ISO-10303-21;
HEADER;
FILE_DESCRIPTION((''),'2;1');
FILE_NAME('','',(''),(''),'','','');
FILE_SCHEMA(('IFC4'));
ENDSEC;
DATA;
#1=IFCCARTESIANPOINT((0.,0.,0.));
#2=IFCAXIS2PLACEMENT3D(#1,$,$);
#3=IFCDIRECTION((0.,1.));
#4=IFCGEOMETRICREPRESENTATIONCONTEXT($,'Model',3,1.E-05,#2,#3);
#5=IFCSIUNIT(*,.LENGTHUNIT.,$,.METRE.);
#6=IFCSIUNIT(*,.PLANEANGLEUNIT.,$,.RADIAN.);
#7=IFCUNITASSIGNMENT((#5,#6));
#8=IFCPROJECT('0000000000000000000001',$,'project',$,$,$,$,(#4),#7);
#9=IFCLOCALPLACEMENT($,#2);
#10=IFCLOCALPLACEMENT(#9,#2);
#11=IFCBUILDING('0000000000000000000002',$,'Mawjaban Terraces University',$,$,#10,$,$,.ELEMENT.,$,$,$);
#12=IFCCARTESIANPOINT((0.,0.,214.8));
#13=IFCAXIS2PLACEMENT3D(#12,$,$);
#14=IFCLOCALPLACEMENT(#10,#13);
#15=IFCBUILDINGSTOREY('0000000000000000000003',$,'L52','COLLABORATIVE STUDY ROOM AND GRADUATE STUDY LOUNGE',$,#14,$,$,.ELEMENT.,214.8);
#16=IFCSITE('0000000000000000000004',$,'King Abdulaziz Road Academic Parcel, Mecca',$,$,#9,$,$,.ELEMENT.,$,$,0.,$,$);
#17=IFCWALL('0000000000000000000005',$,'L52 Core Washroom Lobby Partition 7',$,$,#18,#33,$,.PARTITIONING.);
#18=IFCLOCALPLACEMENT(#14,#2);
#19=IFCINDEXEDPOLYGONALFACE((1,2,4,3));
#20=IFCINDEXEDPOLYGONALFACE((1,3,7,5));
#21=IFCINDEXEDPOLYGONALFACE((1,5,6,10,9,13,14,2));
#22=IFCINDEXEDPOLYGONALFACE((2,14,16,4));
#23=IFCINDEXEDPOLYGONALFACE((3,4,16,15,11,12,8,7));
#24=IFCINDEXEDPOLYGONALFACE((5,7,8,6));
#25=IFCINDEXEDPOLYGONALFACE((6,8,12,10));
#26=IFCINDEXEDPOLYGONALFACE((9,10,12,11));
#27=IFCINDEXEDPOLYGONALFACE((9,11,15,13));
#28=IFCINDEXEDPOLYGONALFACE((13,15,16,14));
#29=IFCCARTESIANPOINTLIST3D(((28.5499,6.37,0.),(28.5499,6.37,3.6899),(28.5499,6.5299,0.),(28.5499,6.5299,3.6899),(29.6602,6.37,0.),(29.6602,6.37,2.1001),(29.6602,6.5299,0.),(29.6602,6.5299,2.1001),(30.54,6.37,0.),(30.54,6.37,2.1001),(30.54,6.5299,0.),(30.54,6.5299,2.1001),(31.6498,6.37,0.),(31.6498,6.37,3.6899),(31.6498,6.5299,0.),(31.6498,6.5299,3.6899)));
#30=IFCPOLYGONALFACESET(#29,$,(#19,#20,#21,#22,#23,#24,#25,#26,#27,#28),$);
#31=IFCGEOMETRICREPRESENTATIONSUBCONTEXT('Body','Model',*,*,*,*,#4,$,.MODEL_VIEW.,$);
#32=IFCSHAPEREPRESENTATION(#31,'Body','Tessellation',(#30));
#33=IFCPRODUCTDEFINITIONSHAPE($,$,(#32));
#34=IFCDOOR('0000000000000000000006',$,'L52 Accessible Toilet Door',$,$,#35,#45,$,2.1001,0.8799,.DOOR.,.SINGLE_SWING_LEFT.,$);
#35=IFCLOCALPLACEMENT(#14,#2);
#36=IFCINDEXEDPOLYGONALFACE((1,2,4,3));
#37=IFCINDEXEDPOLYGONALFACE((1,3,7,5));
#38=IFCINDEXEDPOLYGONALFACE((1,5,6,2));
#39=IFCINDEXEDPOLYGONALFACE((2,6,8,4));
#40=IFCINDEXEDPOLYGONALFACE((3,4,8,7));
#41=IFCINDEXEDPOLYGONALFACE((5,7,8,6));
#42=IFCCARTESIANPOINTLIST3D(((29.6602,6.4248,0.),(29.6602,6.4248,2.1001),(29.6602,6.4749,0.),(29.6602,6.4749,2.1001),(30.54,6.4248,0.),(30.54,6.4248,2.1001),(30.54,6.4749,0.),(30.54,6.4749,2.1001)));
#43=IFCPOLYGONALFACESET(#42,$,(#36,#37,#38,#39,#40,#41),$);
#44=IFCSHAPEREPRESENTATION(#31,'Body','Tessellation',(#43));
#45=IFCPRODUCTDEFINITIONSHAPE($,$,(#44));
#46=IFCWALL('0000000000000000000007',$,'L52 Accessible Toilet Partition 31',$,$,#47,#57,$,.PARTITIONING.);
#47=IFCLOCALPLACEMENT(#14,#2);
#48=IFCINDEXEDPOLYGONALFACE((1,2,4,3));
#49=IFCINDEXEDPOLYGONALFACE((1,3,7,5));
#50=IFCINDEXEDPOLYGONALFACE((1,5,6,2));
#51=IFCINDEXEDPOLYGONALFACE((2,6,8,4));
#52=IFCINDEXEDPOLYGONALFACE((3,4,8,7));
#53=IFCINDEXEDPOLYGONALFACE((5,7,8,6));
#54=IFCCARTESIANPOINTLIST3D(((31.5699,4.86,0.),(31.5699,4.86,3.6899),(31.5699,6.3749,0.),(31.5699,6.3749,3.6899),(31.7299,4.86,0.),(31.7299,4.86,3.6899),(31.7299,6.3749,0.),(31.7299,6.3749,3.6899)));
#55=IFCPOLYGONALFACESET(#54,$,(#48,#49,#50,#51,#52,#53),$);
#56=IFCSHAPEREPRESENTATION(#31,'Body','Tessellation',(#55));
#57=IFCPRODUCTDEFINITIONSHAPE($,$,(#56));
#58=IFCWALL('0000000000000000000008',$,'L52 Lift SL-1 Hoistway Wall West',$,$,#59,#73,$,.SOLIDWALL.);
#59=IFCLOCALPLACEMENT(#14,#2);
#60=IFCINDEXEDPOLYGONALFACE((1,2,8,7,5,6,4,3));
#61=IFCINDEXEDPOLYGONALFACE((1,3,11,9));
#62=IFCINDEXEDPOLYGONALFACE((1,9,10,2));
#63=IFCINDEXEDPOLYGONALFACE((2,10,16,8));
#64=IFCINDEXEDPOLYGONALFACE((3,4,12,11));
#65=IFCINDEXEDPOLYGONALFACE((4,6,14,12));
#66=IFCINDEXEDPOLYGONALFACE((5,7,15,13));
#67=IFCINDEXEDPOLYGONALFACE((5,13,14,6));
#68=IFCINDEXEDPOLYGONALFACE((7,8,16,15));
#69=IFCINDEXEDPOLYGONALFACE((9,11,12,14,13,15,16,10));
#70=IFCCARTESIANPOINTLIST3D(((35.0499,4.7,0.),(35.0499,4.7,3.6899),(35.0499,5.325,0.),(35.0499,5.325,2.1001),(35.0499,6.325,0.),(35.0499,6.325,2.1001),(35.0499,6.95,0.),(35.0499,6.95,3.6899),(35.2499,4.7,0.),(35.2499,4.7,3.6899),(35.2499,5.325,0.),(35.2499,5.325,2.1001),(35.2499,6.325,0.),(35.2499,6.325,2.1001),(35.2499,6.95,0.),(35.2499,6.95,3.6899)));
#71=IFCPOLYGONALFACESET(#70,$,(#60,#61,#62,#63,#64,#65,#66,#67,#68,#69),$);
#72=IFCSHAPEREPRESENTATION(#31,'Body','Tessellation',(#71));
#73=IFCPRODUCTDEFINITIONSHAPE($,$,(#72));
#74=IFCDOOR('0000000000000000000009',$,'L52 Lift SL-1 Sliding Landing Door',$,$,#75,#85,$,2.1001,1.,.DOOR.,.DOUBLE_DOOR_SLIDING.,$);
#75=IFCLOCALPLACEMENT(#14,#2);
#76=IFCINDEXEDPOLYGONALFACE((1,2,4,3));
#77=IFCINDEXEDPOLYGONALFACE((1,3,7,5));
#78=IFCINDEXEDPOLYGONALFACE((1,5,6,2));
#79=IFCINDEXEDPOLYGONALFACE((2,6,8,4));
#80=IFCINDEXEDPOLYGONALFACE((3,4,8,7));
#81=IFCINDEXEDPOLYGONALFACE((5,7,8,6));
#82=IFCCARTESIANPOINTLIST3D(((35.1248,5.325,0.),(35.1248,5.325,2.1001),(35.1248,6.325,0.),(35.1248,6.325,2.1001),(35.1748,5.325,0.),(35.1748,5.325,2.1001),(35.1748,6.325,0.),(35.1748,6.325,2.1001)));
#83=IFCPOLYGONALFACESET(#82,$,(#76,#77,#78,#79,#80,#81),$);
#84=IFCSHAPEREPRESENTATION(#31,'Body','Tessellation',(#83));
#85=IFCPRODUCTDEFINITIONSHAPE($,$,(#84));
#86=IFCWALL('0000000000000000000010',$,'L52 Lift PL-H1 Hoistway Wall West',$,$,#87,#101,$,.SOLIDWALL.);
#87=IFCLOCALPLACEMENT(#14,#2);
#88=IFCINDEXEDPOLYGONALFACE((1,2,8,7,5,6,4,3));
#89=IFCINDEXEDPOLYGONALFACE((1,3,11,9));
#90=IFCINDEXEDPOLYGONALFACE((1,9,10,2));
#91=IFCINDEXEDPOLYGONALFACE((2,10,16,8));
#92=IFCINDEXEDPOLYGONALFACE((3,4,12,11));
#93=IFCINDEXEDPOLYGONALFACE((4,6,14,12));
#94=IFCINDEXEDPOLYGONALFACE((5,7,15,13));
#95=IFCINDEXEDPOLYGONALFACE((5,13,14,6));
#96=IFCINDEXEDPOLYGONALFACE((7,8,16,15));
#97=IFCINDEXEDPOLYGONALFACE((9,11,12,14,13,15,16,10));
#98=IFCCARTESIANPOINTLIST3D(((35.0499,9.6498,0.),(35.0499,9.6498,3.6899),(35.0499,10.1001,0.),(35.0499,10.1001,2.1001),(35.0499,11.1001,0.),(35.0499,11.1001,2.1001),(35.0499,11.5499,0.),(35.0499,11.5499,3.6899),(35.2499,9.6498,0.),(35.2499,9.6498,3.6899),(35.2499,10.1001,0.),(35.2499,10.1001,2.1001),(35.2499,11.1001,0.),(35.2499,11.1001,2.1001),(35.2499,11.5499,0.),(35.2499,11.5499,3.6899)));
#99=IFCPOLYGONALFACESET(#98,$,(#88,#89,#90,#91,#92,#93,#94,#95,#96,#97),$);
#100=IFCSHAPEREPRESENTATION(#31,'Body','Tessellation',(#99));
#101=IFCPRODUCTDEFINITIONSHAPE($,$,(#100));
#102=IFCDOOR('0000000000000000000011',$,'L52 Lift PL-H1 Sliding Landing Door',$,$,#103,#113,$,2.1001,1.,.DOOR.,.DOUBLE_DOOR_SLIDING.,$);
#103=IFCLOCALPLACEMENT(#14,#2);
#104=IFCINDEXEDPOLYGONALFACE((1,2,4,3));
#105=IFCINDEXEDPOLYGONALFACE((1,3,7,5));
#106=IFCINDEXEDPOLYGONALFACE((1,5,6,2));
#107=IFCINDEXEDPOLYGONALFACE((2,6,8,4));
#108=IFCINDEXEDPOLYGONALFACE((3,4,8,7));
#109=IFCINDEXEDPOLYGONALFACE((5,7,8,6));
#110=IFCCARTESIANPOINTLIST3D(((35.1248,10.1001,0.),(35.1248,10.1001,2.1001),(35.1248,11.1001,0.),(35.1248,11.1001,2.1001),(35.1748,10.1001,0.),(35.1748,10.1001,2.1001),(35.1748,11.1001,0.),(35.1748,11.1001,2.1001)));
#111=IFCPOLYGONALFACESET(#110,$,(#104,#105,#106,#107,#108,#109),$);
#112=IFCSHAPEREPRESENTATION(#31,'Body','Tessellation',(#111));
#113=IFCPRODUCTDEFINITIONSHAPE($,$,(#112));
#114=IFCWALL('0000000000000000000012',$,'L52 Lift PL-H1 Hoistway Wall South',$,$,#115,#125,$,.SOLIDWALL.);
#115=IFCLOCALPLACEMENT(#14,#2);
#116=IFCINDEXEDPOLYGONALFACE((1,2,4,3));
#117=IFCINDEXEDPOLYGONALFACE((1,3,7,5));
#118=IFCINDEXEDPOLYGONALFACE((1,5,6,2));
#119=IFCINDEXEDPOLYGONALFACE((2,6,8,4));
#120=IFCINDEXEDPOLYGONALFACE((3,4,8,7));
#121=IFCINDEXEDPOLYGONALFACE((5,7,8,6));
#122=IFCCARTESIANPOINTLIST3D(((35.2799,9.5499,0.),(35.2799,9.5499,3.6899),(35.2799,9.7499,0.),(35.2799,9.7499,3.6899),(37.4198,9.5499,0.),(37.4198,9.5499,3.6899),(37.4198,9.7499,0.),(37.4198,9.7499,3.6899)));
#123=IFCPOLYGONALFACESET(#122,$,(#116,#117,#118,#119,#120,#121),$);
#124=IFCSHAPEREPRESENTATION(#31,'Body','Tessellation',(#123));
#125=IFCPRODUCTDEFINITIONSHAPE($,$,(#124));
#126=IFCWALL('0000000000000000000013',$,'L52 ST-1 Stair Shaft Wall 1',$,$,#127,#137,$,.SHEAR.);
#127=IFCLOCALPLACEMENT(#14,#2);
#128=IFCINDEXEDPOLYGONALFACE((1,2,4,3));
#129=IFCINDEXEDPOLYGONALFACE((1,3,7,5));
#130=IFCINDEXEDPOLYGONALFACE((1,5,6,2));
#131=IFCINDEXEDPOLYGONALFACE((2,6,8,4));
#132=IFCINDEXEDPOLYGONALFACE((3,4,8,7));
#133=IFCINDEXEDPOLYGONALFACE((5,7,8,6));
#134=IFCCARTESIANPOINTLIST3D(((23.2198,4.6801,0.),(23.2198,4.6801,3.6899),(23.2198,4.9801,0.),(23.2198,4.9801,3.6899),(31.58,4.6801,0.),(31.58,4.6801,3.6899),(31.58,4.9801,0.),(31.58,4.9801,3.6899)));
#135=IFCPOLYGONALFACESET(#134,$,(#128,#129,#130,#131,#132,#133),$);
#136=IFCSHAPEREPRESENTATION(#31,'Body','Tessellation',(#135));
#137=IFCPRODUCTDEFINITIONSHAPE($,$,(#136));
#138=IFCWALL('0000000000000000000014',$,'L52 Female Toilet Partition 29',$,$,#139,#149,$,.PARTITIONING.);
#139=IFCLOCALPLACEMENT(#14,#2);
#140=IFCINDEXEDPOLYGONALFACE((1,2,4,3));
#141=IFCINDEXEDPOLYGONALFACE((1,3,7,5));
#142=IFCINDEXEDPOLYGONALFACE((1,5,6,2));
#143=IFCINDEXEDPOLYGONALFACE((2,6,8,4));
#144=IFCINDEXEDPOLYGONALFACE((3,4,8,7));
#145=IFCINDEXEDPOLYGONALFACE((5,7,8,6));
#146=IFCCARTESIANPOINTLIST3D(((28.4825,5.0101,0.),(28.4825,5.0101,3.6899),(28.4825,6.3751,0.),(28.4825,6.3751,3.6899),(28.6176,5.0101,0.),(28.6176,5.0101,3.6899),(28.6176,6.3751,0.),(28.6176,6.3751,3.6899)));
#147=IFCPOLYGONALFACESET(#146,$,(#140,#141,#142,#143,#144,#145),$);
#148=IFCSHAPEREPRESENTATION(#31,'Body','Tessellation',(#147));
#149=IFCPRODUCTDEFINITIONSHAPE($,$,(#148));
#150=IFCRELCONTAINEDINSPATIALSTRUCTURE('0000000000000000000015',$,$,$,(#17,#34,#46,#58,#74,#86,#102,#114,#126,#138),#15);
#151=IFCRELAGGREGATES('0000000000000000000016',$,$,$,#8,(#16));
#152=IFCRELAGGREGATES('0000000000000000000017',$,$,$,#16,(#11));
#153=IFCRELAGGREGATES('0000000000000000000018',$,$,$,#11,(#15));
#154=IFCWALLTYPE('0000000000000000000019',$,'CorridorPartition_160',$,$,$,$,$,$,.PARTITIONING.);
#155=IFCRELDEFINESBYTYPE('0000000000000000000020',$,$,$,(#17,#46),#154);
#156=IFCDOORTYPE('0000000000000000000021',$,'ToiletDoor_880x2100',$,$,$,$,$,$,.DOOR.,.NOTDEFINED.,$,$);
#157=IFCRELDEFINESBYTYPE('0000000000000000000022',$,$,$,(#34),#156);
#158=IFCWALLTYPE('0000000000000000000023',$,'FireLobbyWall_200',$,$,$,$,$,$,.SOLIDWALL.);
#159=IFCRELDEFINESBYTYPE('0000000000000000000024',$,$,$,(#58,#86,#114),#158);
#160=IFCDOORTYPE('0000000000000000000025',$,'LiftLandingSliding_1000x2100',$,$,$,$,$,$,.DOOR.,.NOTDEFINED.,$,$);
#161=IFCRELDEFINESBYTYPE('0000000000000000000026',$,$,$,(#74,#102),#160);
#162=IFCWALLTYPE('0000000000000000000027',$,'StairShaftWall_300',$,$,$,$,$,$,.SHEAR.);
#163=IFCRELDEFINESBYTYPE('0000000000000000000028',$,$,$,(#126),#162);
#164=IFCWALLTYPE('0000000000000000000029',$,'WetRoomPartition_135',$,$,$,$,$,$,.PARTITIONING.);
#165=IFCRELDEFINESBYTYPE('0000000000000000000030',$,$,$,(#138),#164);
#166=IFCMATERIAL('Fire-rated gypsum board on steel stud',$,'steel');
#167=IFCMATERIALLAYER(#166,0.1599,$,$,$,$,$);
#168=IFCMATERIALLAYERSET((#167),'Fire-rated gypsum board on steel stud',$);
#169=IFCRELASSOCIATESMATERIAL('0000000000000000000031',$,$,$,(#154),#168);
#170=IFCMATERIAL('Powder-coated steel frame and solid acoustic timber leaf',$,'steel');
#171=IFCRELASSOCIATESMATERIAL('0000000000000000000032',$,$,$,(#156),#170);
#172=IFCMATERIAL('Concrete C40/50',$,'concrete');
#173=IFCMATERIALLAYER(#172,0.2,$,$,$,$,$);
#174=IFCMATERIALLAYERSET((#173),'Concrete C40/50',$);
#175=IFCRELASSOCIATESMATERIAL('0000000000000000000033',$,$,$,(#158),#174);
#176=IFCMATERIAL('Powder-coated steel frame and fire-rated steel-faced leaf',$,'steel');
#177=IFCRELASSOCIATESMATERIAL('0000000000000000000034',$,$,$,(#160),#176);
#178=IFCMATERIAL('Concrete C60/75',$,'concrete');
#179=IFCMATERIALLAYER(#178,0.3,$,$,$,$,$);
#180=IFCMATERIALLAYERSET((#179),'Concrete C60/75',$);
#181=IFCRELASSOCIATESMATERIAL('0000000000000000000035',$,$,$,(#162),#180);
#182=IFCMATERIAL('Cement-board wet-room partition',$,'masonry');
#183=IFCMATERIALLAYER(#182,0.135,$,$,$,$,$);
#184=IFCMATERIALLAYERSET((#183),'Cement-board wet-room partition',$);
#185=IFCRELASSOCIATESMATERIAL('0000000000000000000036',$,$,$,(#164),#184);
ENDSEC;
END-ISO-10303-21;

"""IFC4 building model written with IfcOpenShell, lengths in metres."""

from ifc_helpers import new_model, si_unit, direction, frame, frame_2d, origin, place, context, subcontext, project, spatial, rectangle, extrude, material, layer, layer_set, type_object, element, fill, save


model = new_model("IFC4")

# Units and contexts
model_context = context("Model", 3, precision=1e-05, world=origin(), true_north=direction((0.0, 1.0)))
body_context = subcontext(model_context, "Body", "Model", "MODEL_VIEW")
ifc_project = project(units=[si_unit("LENGTHUNIT", "METRE"), si_unit("PLANEANGLEUNIT", "RADIAN")], contexts=[model_context])

# Site, building, storey
site_placement = place(None, origin())
site = spatial("IfcSite", under=ifc_project, at=site_placement, Name="King Abdulaziz Road Academic Parcel, Mecca", CompositionType="ELEMENT", RefElevation=0.0)
building_placement = place(site_placement, origin())
building = spatial("IfcBuilding", under=site, at=building_placement, Name="Mawjaban Terraces University", CompositionType="ELEMENT")
storey_placement = place(building_placement, frame((0.0, 0.0, 214.8)))
storey = spatial("IfcBuildingStorey", under=building, at=storey_placement, Name="L52", Description="COLLABORATIVE STUDY ROOM AND GRADUATE STUDY LOUNGE", CompositionType="ELEMENT", Elevation=214.8)

# Wall, opening, door
ifc_material_1 = material(Name="Fire-rated gypsum board on steel stud", Category="steel")
ifc_layer_1 = layer(ifc_material_1, 0.1599)
ifc_layer_set_1 = layer_set([ifc_layer_1], Name="Fire-rated gypsum board on steel stud")
wall_type_1 = type_object("IfcWallType", Name="CorridorPartition_160", PredefinedType="PARTITIONING", material=ifc_layer_set_1)
wall_1_placement = place(storey_placement, frame((28.55, 6.45, 0.0), z_axis=(0.0, 0.0, 1.0), x_axis=(1.0, 0.0, 0.0)))
wall_1 = element("IfcWall", 1, at=wall_1_placement, inside=storey, type_object=wall_type_1, Name="L52 Core Washroom Lobby Partition 7", PredefinedType="PARTITIONING", context=body_context, shape_type="SweptSolid", body=[
    extrude(rectangle(XDim=3.0999, YDim=0.1599, at=frame_2d((1.5498, 0.0))), origin(), (0.0, 0.0, 1.0), 3.6899),
])
opening_1_placement = place(wall_1_placement, frame((1.1101, 0.0, 0.0)))
opening_1 = element("IfcOpeningElement", 2, at=opening_1_placement, cuts=wall_1, PredefinedType="OPENING", context=body_context, shape_type="SweptSolid", body=[
    extrude(rectangle(XDim=0.8799, YDim=2.1001, at=frame_2d((0.4399, 1.05))), frame((0.0, 0.0898, 0.0), z_axis=(0.0, -1.0, 0.0), x_axis=(1.0, 0.0, 0.0)), (0.0, 0.0, 1.0), 0.1799),
])
ifc_material_2 = material(Name="Powder-coated steel frame and solid acoustic timber leaf", Category="steel")
door_type_1 = type_object("IfcDoorType", Name="ToiletDoor_880x2100", OperationType="NOTDEFINED", PredefinedType="DOOR", material=ifc_material_2)
door_1_placement = place(opening_1_placement, origin())
door_1 = element("IfcDoor", 3, at=door_1_placement, inside=storey, type_object=door_type_1, Name="L52 Accessible Toilet Door", OperationType="SINGLE_SWING_LEFT", OverallHeight=2.1001, OverallWidth=0.8799, PredefinedType="DOOR", context=body_context, shape_type="SweptSolid", body=[
    extrude(rectangle(XDim=0.8799, YDim=2.1001, at=frame_2d((0.4399, 1.05))), frame((0.0, 0.0249, 0.0), z_axis=(0.0, -1.0, 0.0), x_axis=(1.0, 0.0, 0.0)), (0.0, 0.0, 1.0), 0.05),
])
fill(opening_1, door_1)

# Wall
wall_2_placement = place(storey_placement, frame((31.6499, 4.8601, 0.0), z_axis=(0.0, 0.0, 1.0), x_axis=(0.0, 1.0, 0.0)))
element("IfcWall", 4, at=wall_2_placement, inside=storey, type_object=wall_type_1, Name="L52 Accessible Toilet Partition 31", PredefinedType="PARTITIONING", context=body_context, shape_type="SweptSolid", body=[
    extrude(rectangle(XDim=1.5149, YDim=0.1599, at=frame_2d((0.7573, 0.0))), origin(), (0.0, 0.0, 1.0), 3.6899),
])

# Walls, openings, doors
ifc_material_3 = material(Name="Concrete C40/50", Category="concrete")
ifc_layer_2 = layer(ifc_material_3, 0.2)
ifc_layer_set_2 = layer_set([ifc_layer_2], Name="Concrete C40/50")
wall_type_2 = type_object("IfcWallType", Name="FireLobbyWall_200", PredefinedType="SOLIDWALL", material=ifc_layer_set_2)
wall_3_placement = place(storey_placement, frame((35.1499, 6.95, 0.0), z_axis=(0.0, 0.0, 1.0), x_axis=(0.0, -1.0, 0.0)))
wall_3 = element("IfcWall", 5, at=wall_3_placement, inside=storey, type_object=wall_type_2, Name="L52 Lift SL-1 Hoistway Wall West", PredefinedType="SOLIDWALL", context=body_context, shape_type="SweptSolid", body=[
    extrude(rectangle(XDim=2.25, YDim=0.2, at=frame_2d((1.125, 0.0))), origin(), (0.0, 0.0, 1.0), 3.6899),
])
opening_2_placement = place(wall_3_placement, frame((0.625, 0.0, 0.0)))
opening_2 = element("IfcOpeningElement", 6, at=opening_2_placement, cuts=wall_3, PredefinedType="OPENING", context=body_context, shape_type="SweptSolid", body=[
    extrude(rectangle(XDim=1.0, YDim=2.1001, at=frame_2d((0.5, 1.05))), frame((0.0, 0.1099, 0.0), z_axis=(0.0, -1.0, 0.0), x_axis=(1.0, 0.0, 0.0)), (0.0, 0.0, 1.0), 0.22),
])
ifc_material_4 = material(Name="Powder-coated steel frame and fire-rated steel-faced leaf", Category="steel")
door_type_2 = type_object("IfcDoorType", Name="LiftLandingSliding_1000x2100", OperationType="NOTDEFINED", PredefinedType="DOOR", material=ifc_material_4)
door_2_placement = place(opening_2_placement, origin())
door_2 = element("IfcDoor", 7, at=door_2_placement, inside=storey, type_object=door_type_2, Name="L52 Lift SL-1 Sliding Landing Door", OperationType="DOUBLE_DOOR_SLIDING", OverallHeight=2.1001, OverallWidth=1.0, PredefinedType="DOOR", context=body_context, shape_type="SweptSolid", body=[
    extrude(rectangle(XDim=1.0, YDim=2.1001, at=frame_2d((0.5, 1.05))), frame((0.0, 0.0249, 0.0), z_axis=(0.0, -1.0, 0.0), x_axis=(1.0, 0.0, 0.0)), (0.0, 0.0, 1.0), 0.05),
])
fill(opening_2, door_2)
wall_4_placement = place(storey_placement, frame((35.1499, 11.55, 0.0), z_axis=(0.0, 0.0, 1.0), x_axis=(0.0, -1.0, 0.0)))
wall_4 = element("IfcWall", 8, at=wall_4_placement, inside=storey, type_object=wall_type_2, Name="L52 Lift PL-H1 Hoistway Wall West", PredefinedType="SOLIDWALL", context=body_context, shape_type="SweptSolid", body=[
    extrude(rectangle(XDim=1.9001, YDim=0.2, at=frame_2d((0.9502, 0.0))), origin(), (0.0, 0.0, 1.0), 3.6899),
])
opening_3_placement = place(wall_4_placement, frame((0.45, 0.0, 0.0)))
opening_3 = element("IfcOpeningElement", 9, at=opening_3_placement, cuts=wall_4, PredefinedType="OPENING", context=body_context, shape_type="SweptSolid", body=[
    extrude(rectangle(XDim=1.0, YDim=2.1001, at=frame_2d((0.5, 1.05))), frame((0.0, 0.1099, 0.0), z_axis=(0.0, -1.0, 0.0), x_axis=(1.0, 0.0, 0.0)), (0.0, 0.0, 1.0), 0.22),
])
door_3_placement = place(opening_3_placement, origin())
door_3 = element("IfcDoor", 10, at=door_3_placement, inside=storey, type_object=door_type_2, Name="L52 Lift PL-H1 Sliding Landing Door", OperationType="DOUBLE_DOOR_SLIDING", OverallHeight=2.1001, OverallWidth=1.0, PredefinedType="DOOR", context=body_context, shape_type="SweptSolid", body=[
    extrude(rectangle(XDim=1.0, YDim=2.1001, at=frame_2d((0.5, 1.05))), frame((0.0, 0.0249, 0.0), z_axis=(0.0, -1.0, 0.0), x_axis=(1.0, 0.0, 0.0)), (0.0, 0.0, 1.0), 0.05),
])
fill(opening_3, door_3)

# Walls
wall_5_placement = place(storey_placement, frame((35.28, 9.6499, 0.0), z_axis=(0.0, 0.0, 1.0), x_axis=(1.0, 0.0, 0.0)))
element("IfcWall", 11, at=wall_5_placement, inside=storey, type_object=wall_type_2, Name="L52 Lift PL-H1 Hoistway Wall South", PredefinedType="SOLIDWALL", context=body_context, shape_type="SweptSolid", body=[
    extrude(rectangle(XDim=2.1399, YDim=0.2, at=frame_2d((1.0698, 0.0))), origin(), (0.0, 0.0, 1.0), 3.6899),
])
ifc_material_5 = material(Name="Concrete C60/75", Category="concrete")
ifc_layer_3 = layer(ifc_material_5, 0.3)
ifc_layer_set_3 = layer_set([ifc_layer_3], Name="Concrete C60/75")
wall_type_3 = type_object("IfcWallType", Name="StairShaftWall_300", PredefinedType="SHEAR", material=ifc_layer_set_3)
wall_6_placement = place(storey_placement, frame((31.5801, 4.8301, 0.0), z_axis=(0.0, 0.0, 1.0), x_axis=(-1.0, 0.0, 0.0)))
element("IfcWall", 12, at=wall_6_placement, inside=storey, type_object=wall_type_3, Name="L52 ST-1 Stair Shaft Wall 1", PredefinedType="SHEAR", context=body_context, shape_type="SweptSolid", body=[
    extrude(rectangle(XDim=8.3601, YDim=0.3, at=frame_2d((4.1802, 0.0))), origin(), (0.0, 0.0, 1.0), 3.6899),
])

# Wall
ifc_material_6 = material(Name="Cement-board wet-room partition", Category="masonry")
ifc_layer_4 = layer(ifc_material_6, 0.135)
ifc_layer_set_4 = layer_set([ifc_layer_4], Name="Cement-board wet-room partition")
wall_type_4 = type_object("IfcWallType", Name="WetRoomPartition_135", PredefinedType="PARTITIONING", material=ifc_layer_set_4)
wall_7_placement = place(storey_placement, frame((28.55, 5.01, 0.0), z_axis=(0.0, 0.0, 1.0), x_axis=(0.0, 1.0, 0.0)))
element("IfcWall", 13, at=wall_7_placement, inside=storey, type_object=wall_type_4, Name="L52 Female Toilet Partition 29", PredefinedType="PARTITIONING", context=body_context, shape_type="SweptSolid", body=[
    extrude(rectangle(XDim=1.365, YDim=0.135, at=frame_2d((0.6826, 0.0))), origin(), (0.0, 0.0, 1.0), 3.6899),
])

save(model, "model.ifc")
